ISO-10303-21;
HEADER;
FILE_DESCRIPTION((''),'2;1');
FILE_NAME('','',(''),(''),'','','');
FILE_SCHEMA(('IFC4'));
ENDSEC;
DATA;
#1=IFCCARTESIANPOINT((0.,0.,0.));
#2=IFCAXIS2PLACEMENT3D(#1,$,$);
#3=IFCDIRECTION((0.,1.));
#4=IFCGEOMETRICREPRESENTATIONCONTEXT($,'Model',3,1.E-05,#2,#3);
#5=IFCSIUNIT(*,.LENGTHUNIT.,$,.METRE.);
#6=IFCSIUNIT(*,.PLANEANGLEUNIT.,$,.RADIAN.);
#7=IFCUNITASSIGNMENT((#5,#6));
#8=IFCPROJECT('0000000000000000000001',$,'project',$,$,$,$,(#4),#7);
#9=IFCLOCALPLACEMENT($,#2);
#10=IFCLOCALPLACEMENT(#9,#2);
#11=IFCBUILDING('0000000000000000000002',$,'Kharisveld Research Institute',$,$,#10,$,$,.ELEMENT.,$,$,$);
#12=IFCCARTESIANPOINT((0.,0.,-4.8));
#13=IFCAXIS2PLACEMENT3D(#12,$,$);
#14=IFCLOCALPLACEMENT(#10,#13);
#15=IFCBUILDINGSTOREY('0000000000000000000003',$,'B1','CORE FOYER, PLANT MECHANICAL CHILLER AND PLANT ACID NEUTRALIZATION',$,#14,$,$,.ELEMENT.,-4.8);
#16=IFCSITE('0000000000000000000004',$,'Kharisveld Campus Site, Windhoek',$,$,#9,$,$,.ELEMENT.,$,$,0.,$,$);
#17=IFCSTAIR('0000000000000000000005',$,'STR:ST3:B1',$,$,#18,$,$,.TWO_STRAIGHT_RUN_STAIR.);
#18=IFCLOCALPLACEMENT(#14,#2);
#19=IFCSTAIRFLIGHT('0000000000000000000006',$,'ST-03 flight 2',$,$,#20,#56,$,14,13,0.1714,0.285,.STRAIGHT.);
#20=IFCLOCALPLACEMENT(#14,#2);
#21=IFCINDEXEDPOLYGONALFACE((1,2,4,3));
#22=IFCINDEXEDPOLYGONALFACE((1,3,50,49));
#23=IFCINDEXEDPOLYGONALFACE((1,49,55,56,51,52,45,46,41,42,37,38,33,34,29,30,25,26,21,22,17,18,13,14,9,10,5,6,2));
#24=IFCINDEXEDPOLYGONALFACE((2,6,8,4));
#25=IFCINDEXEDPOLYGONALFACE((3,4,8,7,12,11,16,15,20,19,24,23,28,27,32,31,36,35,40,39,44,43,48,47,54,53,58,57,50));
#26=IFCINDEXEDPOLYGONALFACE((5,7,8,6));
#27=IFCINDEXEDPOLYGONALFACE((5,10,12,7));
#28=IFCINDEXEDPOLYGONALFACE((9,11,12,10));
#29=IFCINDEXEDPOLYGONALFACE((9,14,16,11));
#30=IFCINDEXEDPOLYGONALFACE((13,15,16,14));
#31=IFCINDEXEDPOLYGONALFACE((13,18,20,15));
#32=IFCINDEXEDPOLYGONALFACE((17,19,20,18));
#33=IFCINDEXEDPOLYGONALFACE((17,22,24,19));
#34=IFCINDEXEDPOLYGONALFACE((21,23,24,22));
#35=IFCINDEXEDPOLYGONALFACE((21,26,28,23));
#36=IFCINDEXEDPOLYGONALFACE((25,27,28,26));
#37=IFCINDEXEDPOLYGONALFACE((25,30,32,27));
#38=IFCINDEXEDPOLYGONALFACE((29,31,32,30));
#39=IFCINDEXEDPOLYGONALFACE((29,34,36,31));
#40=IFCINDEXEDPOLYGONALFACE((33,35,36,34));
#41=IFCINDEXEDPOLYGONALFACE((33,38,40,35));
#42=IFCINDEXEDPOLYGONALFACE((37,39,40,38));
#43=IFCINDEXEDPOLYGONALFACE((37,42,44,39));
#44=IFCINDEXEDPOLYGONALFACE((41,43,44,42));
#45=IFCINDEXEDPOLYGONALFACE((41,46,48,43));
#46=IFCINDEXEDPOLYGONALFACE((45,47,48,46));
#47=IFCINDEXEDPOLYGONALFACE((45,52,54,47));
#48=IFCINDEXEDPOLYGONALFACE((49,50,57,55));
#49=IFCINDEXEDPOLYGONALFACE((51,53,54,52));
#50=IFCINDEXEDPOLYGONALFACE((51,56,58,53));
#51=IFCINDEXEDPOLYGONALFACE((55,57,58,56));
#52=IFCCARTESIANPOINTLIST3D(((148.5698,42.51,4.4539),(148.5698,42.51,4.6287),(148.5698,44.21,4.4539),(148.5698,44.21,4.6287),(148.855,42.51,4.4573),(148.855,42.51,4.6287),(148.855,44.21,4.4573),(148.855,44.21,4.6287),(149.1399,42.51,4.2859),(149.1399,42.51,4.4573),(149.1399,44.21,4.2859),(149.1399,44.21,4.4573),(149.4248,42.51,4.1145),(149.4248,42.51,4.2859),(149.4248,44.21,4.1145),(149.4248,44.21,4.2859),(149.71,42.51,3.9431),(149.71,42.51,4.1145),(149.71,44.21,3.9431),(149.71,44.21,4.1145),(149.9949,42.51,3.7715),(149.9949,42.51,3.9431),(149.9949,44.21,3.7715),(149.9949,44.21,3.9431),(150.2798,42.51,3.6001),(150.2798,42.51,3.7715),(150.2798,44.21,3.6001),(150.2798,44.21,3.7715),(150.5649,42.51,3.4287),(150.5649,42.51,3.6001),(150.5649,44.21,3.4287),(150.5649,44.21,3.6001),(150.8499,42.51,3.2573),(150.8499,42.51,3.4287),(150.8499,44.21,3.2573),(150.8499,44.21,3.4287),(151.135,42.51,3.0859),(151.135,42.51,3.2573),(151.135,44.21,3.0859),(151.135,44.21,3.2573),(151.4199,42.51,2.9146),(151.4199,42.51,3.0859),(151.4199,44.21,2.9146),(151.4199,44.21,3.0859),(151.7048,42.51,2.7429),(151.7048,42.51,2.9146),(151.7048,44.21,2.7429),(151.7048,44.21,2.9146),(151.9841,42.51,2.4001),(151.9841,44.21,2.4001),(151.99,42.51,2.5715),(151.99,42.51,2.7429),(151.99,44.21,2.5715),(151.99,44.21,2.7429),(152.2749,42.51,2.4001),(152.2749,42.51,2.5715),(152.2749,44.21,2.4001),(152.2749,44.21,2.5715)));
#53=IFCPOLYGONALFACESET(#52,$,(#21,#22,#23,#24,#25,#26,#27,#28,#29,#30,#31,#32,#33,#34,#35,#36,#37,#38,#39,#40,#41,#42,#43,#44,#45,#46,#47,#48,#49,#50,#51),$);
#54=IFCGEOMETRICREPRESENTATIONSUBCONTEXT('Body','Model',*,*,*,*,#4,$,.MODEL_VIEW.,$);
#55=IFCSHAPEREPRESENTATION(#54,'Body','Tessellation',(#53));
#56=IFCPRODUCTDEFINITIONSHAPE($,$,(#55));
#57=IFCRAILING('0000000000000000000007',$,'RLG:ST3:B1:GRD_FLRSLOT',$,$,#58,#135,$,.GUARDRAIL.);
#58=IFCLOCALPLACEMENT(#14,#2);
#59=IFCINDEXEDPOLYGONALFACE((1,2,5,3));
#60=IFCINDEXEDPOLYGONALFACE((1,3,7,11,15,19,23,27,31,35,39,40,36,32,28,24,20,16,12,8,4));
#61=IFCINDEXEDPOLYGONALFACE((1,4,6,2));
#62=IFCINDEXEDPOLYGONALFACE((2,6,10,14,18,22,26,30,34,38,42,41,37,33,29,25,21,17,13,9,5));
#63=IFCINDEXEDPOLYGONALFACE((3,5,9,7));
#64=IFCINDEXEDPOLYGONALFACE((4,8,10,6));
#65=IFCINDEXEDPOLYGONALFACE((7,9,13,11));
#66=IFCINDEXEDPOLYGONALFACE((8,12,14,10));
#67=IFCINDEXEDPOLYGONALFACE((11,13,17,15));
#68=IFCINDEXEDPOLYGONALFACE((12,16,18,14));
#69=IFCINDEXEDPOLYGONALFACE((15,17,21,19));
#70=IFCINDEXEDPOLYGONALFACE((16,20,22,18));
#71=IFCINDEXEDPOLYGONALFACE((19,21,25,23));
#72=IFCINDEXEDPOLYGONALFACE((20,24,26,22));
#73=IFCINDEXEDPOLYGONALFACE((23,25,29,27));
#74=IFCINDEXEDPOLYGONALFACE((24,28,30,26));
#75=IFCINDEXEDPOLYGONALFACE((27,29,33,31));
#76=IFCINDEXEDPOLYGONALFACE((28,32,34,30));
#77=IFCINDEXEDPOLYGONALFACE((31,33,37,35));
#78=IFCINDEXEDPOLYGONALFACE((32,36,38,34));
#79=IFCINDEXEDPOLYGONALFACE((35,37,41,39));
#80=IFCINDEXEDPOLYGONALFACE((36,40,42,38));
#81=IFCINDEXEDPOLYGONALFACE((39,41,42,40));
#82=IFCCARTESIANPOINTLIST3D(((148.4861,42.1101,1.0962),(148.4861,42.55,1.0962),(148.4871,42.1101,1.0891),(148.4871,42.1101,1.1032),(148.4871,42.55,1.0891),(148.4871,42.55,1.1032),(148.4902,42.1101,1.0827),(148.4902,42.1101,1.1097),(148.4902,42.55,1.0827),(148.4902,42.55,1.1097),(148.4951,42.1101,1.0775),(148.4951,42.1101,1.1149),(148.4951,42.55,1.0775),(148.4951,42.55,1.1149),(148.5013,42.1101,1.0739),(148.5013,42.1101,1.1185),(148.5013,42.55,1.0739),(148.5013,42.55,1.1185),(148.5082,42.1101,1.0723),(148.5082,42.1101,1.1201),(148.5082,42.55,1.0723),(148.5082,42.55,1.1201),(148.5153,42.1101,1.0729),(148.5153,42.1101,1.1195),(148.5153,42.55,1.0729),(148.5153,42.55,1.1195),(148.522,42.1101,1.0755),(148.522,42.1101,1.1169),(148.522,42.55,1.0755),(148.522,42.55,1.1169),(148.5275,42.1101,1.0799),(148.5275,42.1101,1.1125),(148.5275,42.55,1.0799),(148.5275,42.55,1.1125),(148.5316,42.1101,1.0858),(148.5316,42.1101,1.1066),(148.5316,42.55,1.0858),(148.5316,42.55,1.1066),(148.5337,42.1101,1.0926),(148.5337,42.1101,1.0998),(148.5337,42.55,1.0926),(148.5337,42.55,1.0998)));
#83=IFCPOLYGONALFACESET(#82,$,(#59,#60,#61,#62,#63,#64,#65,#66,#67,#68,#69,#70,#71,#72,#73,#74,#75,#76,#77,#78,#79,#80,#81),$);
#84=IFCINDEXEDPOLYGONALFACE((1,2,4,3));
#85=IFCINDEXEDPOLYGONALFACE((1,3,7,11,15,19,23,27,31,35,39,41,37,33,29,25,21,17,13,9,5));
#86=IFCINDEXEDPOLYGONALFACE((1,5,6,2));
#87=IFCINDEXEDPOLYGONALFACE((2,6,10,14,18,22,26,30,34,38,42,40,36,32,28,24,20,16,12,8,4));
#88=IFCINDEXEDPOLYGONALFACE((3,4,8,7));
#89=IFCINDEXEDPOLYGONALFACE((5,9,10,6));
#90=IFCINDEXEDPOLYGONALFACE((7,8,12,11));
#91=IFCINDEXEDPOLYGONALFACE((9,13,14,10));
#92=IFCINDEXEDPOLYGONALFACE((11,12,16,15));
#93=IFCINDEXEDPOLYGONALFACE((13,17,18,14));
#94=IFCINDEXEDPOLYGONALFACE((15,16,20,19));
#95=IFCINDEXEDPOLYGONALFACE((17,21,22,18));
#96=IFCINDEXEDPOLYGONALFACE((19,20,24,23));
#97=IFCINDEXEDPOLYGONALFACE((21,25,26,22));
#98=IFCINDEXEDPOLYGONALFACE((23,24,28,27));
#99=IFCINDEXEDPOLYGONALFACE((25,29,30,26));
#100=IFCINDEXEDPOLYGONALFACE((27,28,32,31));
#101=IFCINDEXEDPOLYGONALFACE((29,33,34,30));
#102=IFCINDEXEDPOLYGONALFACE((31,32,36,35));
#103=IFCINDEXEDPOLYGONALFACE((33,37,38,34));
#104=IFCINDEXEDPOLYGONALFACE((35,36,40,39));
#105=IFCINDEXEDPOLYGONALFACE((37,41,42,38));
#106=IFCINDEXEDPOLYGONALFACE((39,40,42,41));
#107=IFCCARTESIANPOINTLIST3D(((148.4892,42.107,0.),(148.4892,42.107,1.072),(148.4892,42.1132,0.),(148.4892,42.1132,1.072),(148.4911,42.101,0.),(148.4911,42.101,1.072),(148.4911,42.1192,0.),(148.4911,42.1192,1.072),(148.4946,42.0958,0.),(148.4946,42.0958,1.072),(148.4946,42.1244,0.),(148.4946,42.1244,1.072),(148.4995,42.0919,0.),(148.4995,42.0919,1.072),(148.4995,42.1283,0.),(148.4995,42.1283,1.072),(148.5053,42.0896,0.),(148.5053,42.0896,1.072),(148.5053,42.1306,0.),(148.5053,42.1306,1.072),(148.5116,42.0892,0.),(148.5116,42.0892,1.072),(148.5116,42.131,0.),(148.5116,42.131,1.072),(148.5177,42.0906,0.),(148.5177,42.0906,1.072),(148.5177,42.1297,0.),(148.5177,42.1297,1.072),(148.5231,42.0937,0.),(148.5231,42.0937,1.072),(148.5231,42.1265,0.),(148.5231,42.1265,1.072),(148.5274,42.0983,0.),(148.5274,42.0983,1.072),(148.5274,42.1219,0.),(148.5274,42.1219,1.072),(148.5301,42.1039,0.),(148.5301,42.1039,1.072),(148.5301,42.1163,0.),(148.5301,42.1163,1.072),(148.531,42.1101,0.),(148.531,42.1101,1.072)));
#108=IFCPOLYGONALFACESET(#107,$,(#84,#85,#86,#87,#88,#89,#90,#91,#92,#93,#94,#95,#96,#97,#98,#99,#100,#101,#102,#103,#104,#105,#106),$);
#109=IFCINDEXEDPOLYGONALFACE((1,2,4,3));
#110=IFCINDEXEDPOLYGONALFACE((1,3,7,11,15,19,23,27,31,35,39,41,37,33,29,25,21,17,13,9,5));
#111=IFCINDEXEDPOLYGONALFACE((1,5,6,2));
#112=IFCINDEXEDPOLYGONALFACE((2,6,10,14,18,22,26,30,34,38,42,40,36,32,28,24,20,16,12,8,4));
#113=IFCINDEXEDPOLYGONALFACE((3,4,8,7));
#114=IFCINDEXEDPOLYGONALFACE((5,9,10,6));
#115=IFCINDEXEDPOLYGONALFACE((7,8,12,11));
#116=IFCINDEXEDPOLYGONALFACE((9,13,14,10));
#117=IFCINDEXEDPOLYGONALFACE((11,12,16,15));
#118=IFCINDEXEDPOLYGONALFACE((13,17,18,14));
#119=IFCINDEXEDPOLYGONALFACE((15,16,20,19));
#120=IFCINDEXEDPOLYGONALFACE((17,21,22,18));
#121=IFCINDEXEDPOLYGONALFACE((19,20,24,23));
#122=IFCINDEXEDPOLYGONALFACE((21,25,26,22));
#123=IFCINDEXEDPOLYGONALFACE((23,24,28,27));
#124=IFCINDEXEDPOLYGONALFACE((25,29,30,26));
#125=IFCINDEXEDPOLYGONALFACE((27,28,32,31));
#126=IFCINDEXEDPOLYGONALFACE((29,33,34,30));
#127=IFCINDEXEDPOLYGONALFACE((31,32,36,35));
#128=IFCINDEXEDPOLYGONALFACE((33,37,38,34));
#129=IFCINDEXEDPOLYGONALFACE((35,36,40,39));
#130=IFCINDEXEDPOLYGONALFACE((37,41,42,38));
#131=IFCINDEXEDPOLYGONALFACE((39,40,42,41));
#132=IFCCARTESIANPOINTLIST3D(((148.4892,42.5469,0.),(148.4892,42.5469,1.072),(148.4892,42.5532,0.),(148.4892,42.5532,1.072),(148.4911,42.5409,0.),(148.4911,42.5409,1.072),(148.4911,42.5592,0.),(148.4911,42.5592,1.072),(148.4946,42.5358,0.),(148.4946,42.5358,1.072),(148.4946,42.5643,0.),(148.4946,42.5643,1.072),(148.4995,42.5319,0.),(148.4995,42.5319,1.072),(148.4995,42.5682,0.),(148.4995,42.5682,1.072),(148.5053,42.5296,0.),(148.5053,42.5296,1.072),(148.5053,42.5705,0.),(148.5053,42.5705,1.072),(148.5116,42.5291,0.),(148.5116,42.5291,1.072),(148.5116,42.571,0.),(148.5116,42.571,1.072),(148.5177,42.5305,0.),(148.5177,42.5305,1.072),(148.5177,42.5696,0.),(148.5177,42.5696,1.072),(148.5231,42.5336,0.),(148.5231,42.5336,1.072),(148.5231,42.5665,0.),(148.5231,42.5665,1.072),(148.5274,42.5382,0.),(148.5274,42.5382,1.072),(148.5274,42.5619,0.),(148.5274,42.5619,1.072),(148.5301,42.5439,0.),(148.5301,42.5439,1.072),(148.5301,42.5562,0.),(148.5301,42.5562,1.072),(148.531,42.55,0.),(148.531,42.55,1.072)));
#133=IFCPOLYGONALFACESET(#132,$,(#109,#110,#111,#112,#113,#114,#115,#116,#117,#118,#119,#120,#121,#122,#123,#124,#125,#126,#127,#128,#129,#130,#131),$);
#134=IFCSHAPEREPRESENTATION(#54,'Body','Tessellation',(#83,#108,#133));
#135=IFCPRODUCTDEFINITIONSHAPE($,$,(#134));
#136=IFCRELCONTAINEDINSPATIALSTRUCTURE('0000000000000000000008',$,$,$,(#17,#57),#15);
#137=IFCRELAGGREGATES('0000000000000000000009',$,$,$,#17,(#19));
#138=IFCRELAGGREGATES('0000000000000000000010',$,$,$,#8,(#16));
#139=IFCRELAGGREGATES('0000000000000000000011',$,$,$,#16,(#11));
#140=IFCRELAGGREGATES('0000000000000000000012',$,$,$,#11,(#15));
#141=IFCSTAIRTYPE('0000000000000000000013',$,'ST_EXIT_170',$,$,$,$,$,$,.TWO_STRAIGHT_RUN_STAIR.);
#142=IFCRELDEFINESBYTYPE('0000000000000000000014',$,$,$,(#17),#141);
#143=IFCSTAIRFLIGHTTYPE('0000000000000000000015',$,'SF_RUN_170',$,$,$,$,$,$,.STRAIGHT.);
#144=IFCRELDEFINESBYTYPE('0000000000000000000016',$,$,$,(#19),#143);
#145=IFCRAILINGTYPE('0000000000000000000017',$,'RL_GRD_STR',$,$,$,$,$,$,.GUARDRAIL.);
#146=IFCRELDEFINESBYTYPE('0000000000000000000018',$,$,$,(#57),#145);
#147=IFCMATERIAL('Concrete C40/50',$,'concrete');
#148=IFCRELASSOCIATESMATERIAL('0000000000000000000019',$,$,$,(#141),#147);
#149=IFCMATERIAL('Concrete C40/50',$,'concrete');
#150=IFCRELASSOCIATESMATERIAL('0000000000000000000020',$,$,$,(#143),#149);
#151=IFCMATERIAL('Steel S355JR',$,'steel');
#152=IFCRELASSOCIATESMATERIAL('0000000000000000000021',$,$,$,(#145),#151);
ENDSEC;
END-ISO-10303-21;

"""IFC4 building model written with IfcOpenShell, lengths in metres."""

from ifc_helpers import new_model, si_unit, direction, frame, origin, origin_2d, place, context, subcontext, project, spatial, polyline, circle, outline, extrude, material, type_object, element, aggregate, save


model = new_model("IFC4")

# Units and contexts
model_context = context("Model", 3, precision=1e-05, world=origin(), true_north=direction((0.0, 1.0)))
body_context = subcontext(model_context, "Body", "Model", "MODEL_VIEW")
ifc_project = project(units=[si_unit("LENGTHUNIT", "METRE"), si_unit("PLANEANGLEUNIT", "RADIAN")], contexts=[model_context])

# Site, building, storey
site_placement = place(None, origin())
site = spatial("IfcSite", under=ifc_project, at=site_placement, Name="Kharisveld Campus Site, Windhoek", CompositionType="ELEMENT", RefElevation=0.0)
building_placement = place(site_placement, origin())
building = spatial("IfcBuilding", under=site, at=building_placement, Name="Kharisveld Research Institute", CompositionType="ELEMENT")
storey_placement = place(building_placement, frame((0.0, 0.0, -4.8)))
storey = spatial("IfcBuildingStorey", under=building, at=storey_placement, Name="B1", Description="CORE FOYER, PLANT MECHANICAL CHILLER AND PLANT ACID NEUTRALIZATION", CompositionType="ELEMENT", Elevation=-4.8)

# Stair, stair flight
ifc_material_1 = material(Name="Concrete C40/50", Category="concrete")
stair_type = type_object("IfcStairType", Name="ST_EXIT_170", PredefinedType="TWO_STRAIGHT_RUN_STAIR", material=ifc_material_1)
stair_placement = place(storey_placement, origin())
stair = element("IfcStair", 1, at=stair_placement, inside=storey, type_object=stair_type, Name="STR:ST3:B1", PredefinedType="TWO_STRAIGHT_RUN_STAIR")
ifc_material_2 = material(Name="Concrete C40/50", Category="concrete")
stair_flight_type = type_object("IfcStairFlightType", Name="SF_RUN_170", PredefinedType="STRAIGHT", material=ifc_material_2)
stair_flight_placement = place(storey_placement, frame((152.2749, 43.3601, 2.4001), z_axis=(0.0, 0.0, 1.0), x_axis=(-1.0, 0.0, 0.0)))
stair_flight = element("IfcStairFlight", 2, at=stair_flight_placement, type_object=stair_flight_type, Name="ST-03 flight 2", NumberOfRisers=14, NumberOfTreads=13, PredefinedType="STRAIGHT", RiserHeight=0.1714, TreadLength=0.285, context=body_context, shape_type="SweptSolid", body=[
    extrude(outline(polyline([(0.0, 0.0), (0.0, 0.1714), (0.2849, 0.1714), (0.2849, 0.3428), (0.5701, 0.3428), (0.5701, 0.5144), (0.855, 0.5144), (0.855, 0.6858), (1.1399, 0.6858), (1.1399, 0.8572), (1.425, 0.8572), (1.425, 1.0286), (1.71, 1.0286), (1.71, 1.2), (1.9951, 1.2), (1.9951, 1.3713), (2.28, 1.3713), (2.28, 1.543), (2.5649, 1.543), (2.5649, 1.7144), (2.8501, 1.7144), (2.8501, 1.8857), (3.135, 1.8857), (3.135, 2.0571), (3.4199, 2.0571), (3.4199, 2.2285), (3.7051, 2.2285), (3.7051, 2.3999), (3.7051, 2.0537), (0.2908, 0.0), (0.0, 0.0)])), frame((0.0, 0.8501, 0.0), z_axis=(0.0, -1.0, 0.0), x_axis=(1.0, 0.0, 0.0)), (0.0, 0.0, 1.0), 1.7),
])
aggregate(stair, [stair_flight])

# Railing
ifc_material_3 = material(Name="Steel S355JR", Category="steel")
railing_type_1 = type_object("IfcRailingType", Name="RL_GRD_STR", PredefinedType="GUARDRAIL", material=ifc_material_3)
railing_1_placement = place(storey_placement, frame((148.51, 42.1101, 0.0)))
element("IfcRailing", 3, at=railing_1_placement, inside=storey, type_object=railing_type_1, Name="RLG:ST3:B1:GRD_FLRSLOT", PredefinedType="GUARDRAIL", context=body_context, shape_type="SweptSolid", body=[
    extrude(circle(Radius=0.0239, at=origin_2d()), frame((0.0, 0.0, 1.0962), z_axis=(0.0, 1.0, 0.0), x_axis=(-1.0, 0.0, 0.0)), (0.0, 0.0, 1.0), 0.4399),
    extrude(circle(Radius=0.021, at=origin_2d()), origin(), (0.0, 0.0, 1.0), 1.072),
    extrude(circle(Radius=0.021, at=origin_2d()), frame((0.0, 0.4399, 0.0)), (0.0, 0.0, 1.0), 1.072),
])

save(model, "model.ifc")
